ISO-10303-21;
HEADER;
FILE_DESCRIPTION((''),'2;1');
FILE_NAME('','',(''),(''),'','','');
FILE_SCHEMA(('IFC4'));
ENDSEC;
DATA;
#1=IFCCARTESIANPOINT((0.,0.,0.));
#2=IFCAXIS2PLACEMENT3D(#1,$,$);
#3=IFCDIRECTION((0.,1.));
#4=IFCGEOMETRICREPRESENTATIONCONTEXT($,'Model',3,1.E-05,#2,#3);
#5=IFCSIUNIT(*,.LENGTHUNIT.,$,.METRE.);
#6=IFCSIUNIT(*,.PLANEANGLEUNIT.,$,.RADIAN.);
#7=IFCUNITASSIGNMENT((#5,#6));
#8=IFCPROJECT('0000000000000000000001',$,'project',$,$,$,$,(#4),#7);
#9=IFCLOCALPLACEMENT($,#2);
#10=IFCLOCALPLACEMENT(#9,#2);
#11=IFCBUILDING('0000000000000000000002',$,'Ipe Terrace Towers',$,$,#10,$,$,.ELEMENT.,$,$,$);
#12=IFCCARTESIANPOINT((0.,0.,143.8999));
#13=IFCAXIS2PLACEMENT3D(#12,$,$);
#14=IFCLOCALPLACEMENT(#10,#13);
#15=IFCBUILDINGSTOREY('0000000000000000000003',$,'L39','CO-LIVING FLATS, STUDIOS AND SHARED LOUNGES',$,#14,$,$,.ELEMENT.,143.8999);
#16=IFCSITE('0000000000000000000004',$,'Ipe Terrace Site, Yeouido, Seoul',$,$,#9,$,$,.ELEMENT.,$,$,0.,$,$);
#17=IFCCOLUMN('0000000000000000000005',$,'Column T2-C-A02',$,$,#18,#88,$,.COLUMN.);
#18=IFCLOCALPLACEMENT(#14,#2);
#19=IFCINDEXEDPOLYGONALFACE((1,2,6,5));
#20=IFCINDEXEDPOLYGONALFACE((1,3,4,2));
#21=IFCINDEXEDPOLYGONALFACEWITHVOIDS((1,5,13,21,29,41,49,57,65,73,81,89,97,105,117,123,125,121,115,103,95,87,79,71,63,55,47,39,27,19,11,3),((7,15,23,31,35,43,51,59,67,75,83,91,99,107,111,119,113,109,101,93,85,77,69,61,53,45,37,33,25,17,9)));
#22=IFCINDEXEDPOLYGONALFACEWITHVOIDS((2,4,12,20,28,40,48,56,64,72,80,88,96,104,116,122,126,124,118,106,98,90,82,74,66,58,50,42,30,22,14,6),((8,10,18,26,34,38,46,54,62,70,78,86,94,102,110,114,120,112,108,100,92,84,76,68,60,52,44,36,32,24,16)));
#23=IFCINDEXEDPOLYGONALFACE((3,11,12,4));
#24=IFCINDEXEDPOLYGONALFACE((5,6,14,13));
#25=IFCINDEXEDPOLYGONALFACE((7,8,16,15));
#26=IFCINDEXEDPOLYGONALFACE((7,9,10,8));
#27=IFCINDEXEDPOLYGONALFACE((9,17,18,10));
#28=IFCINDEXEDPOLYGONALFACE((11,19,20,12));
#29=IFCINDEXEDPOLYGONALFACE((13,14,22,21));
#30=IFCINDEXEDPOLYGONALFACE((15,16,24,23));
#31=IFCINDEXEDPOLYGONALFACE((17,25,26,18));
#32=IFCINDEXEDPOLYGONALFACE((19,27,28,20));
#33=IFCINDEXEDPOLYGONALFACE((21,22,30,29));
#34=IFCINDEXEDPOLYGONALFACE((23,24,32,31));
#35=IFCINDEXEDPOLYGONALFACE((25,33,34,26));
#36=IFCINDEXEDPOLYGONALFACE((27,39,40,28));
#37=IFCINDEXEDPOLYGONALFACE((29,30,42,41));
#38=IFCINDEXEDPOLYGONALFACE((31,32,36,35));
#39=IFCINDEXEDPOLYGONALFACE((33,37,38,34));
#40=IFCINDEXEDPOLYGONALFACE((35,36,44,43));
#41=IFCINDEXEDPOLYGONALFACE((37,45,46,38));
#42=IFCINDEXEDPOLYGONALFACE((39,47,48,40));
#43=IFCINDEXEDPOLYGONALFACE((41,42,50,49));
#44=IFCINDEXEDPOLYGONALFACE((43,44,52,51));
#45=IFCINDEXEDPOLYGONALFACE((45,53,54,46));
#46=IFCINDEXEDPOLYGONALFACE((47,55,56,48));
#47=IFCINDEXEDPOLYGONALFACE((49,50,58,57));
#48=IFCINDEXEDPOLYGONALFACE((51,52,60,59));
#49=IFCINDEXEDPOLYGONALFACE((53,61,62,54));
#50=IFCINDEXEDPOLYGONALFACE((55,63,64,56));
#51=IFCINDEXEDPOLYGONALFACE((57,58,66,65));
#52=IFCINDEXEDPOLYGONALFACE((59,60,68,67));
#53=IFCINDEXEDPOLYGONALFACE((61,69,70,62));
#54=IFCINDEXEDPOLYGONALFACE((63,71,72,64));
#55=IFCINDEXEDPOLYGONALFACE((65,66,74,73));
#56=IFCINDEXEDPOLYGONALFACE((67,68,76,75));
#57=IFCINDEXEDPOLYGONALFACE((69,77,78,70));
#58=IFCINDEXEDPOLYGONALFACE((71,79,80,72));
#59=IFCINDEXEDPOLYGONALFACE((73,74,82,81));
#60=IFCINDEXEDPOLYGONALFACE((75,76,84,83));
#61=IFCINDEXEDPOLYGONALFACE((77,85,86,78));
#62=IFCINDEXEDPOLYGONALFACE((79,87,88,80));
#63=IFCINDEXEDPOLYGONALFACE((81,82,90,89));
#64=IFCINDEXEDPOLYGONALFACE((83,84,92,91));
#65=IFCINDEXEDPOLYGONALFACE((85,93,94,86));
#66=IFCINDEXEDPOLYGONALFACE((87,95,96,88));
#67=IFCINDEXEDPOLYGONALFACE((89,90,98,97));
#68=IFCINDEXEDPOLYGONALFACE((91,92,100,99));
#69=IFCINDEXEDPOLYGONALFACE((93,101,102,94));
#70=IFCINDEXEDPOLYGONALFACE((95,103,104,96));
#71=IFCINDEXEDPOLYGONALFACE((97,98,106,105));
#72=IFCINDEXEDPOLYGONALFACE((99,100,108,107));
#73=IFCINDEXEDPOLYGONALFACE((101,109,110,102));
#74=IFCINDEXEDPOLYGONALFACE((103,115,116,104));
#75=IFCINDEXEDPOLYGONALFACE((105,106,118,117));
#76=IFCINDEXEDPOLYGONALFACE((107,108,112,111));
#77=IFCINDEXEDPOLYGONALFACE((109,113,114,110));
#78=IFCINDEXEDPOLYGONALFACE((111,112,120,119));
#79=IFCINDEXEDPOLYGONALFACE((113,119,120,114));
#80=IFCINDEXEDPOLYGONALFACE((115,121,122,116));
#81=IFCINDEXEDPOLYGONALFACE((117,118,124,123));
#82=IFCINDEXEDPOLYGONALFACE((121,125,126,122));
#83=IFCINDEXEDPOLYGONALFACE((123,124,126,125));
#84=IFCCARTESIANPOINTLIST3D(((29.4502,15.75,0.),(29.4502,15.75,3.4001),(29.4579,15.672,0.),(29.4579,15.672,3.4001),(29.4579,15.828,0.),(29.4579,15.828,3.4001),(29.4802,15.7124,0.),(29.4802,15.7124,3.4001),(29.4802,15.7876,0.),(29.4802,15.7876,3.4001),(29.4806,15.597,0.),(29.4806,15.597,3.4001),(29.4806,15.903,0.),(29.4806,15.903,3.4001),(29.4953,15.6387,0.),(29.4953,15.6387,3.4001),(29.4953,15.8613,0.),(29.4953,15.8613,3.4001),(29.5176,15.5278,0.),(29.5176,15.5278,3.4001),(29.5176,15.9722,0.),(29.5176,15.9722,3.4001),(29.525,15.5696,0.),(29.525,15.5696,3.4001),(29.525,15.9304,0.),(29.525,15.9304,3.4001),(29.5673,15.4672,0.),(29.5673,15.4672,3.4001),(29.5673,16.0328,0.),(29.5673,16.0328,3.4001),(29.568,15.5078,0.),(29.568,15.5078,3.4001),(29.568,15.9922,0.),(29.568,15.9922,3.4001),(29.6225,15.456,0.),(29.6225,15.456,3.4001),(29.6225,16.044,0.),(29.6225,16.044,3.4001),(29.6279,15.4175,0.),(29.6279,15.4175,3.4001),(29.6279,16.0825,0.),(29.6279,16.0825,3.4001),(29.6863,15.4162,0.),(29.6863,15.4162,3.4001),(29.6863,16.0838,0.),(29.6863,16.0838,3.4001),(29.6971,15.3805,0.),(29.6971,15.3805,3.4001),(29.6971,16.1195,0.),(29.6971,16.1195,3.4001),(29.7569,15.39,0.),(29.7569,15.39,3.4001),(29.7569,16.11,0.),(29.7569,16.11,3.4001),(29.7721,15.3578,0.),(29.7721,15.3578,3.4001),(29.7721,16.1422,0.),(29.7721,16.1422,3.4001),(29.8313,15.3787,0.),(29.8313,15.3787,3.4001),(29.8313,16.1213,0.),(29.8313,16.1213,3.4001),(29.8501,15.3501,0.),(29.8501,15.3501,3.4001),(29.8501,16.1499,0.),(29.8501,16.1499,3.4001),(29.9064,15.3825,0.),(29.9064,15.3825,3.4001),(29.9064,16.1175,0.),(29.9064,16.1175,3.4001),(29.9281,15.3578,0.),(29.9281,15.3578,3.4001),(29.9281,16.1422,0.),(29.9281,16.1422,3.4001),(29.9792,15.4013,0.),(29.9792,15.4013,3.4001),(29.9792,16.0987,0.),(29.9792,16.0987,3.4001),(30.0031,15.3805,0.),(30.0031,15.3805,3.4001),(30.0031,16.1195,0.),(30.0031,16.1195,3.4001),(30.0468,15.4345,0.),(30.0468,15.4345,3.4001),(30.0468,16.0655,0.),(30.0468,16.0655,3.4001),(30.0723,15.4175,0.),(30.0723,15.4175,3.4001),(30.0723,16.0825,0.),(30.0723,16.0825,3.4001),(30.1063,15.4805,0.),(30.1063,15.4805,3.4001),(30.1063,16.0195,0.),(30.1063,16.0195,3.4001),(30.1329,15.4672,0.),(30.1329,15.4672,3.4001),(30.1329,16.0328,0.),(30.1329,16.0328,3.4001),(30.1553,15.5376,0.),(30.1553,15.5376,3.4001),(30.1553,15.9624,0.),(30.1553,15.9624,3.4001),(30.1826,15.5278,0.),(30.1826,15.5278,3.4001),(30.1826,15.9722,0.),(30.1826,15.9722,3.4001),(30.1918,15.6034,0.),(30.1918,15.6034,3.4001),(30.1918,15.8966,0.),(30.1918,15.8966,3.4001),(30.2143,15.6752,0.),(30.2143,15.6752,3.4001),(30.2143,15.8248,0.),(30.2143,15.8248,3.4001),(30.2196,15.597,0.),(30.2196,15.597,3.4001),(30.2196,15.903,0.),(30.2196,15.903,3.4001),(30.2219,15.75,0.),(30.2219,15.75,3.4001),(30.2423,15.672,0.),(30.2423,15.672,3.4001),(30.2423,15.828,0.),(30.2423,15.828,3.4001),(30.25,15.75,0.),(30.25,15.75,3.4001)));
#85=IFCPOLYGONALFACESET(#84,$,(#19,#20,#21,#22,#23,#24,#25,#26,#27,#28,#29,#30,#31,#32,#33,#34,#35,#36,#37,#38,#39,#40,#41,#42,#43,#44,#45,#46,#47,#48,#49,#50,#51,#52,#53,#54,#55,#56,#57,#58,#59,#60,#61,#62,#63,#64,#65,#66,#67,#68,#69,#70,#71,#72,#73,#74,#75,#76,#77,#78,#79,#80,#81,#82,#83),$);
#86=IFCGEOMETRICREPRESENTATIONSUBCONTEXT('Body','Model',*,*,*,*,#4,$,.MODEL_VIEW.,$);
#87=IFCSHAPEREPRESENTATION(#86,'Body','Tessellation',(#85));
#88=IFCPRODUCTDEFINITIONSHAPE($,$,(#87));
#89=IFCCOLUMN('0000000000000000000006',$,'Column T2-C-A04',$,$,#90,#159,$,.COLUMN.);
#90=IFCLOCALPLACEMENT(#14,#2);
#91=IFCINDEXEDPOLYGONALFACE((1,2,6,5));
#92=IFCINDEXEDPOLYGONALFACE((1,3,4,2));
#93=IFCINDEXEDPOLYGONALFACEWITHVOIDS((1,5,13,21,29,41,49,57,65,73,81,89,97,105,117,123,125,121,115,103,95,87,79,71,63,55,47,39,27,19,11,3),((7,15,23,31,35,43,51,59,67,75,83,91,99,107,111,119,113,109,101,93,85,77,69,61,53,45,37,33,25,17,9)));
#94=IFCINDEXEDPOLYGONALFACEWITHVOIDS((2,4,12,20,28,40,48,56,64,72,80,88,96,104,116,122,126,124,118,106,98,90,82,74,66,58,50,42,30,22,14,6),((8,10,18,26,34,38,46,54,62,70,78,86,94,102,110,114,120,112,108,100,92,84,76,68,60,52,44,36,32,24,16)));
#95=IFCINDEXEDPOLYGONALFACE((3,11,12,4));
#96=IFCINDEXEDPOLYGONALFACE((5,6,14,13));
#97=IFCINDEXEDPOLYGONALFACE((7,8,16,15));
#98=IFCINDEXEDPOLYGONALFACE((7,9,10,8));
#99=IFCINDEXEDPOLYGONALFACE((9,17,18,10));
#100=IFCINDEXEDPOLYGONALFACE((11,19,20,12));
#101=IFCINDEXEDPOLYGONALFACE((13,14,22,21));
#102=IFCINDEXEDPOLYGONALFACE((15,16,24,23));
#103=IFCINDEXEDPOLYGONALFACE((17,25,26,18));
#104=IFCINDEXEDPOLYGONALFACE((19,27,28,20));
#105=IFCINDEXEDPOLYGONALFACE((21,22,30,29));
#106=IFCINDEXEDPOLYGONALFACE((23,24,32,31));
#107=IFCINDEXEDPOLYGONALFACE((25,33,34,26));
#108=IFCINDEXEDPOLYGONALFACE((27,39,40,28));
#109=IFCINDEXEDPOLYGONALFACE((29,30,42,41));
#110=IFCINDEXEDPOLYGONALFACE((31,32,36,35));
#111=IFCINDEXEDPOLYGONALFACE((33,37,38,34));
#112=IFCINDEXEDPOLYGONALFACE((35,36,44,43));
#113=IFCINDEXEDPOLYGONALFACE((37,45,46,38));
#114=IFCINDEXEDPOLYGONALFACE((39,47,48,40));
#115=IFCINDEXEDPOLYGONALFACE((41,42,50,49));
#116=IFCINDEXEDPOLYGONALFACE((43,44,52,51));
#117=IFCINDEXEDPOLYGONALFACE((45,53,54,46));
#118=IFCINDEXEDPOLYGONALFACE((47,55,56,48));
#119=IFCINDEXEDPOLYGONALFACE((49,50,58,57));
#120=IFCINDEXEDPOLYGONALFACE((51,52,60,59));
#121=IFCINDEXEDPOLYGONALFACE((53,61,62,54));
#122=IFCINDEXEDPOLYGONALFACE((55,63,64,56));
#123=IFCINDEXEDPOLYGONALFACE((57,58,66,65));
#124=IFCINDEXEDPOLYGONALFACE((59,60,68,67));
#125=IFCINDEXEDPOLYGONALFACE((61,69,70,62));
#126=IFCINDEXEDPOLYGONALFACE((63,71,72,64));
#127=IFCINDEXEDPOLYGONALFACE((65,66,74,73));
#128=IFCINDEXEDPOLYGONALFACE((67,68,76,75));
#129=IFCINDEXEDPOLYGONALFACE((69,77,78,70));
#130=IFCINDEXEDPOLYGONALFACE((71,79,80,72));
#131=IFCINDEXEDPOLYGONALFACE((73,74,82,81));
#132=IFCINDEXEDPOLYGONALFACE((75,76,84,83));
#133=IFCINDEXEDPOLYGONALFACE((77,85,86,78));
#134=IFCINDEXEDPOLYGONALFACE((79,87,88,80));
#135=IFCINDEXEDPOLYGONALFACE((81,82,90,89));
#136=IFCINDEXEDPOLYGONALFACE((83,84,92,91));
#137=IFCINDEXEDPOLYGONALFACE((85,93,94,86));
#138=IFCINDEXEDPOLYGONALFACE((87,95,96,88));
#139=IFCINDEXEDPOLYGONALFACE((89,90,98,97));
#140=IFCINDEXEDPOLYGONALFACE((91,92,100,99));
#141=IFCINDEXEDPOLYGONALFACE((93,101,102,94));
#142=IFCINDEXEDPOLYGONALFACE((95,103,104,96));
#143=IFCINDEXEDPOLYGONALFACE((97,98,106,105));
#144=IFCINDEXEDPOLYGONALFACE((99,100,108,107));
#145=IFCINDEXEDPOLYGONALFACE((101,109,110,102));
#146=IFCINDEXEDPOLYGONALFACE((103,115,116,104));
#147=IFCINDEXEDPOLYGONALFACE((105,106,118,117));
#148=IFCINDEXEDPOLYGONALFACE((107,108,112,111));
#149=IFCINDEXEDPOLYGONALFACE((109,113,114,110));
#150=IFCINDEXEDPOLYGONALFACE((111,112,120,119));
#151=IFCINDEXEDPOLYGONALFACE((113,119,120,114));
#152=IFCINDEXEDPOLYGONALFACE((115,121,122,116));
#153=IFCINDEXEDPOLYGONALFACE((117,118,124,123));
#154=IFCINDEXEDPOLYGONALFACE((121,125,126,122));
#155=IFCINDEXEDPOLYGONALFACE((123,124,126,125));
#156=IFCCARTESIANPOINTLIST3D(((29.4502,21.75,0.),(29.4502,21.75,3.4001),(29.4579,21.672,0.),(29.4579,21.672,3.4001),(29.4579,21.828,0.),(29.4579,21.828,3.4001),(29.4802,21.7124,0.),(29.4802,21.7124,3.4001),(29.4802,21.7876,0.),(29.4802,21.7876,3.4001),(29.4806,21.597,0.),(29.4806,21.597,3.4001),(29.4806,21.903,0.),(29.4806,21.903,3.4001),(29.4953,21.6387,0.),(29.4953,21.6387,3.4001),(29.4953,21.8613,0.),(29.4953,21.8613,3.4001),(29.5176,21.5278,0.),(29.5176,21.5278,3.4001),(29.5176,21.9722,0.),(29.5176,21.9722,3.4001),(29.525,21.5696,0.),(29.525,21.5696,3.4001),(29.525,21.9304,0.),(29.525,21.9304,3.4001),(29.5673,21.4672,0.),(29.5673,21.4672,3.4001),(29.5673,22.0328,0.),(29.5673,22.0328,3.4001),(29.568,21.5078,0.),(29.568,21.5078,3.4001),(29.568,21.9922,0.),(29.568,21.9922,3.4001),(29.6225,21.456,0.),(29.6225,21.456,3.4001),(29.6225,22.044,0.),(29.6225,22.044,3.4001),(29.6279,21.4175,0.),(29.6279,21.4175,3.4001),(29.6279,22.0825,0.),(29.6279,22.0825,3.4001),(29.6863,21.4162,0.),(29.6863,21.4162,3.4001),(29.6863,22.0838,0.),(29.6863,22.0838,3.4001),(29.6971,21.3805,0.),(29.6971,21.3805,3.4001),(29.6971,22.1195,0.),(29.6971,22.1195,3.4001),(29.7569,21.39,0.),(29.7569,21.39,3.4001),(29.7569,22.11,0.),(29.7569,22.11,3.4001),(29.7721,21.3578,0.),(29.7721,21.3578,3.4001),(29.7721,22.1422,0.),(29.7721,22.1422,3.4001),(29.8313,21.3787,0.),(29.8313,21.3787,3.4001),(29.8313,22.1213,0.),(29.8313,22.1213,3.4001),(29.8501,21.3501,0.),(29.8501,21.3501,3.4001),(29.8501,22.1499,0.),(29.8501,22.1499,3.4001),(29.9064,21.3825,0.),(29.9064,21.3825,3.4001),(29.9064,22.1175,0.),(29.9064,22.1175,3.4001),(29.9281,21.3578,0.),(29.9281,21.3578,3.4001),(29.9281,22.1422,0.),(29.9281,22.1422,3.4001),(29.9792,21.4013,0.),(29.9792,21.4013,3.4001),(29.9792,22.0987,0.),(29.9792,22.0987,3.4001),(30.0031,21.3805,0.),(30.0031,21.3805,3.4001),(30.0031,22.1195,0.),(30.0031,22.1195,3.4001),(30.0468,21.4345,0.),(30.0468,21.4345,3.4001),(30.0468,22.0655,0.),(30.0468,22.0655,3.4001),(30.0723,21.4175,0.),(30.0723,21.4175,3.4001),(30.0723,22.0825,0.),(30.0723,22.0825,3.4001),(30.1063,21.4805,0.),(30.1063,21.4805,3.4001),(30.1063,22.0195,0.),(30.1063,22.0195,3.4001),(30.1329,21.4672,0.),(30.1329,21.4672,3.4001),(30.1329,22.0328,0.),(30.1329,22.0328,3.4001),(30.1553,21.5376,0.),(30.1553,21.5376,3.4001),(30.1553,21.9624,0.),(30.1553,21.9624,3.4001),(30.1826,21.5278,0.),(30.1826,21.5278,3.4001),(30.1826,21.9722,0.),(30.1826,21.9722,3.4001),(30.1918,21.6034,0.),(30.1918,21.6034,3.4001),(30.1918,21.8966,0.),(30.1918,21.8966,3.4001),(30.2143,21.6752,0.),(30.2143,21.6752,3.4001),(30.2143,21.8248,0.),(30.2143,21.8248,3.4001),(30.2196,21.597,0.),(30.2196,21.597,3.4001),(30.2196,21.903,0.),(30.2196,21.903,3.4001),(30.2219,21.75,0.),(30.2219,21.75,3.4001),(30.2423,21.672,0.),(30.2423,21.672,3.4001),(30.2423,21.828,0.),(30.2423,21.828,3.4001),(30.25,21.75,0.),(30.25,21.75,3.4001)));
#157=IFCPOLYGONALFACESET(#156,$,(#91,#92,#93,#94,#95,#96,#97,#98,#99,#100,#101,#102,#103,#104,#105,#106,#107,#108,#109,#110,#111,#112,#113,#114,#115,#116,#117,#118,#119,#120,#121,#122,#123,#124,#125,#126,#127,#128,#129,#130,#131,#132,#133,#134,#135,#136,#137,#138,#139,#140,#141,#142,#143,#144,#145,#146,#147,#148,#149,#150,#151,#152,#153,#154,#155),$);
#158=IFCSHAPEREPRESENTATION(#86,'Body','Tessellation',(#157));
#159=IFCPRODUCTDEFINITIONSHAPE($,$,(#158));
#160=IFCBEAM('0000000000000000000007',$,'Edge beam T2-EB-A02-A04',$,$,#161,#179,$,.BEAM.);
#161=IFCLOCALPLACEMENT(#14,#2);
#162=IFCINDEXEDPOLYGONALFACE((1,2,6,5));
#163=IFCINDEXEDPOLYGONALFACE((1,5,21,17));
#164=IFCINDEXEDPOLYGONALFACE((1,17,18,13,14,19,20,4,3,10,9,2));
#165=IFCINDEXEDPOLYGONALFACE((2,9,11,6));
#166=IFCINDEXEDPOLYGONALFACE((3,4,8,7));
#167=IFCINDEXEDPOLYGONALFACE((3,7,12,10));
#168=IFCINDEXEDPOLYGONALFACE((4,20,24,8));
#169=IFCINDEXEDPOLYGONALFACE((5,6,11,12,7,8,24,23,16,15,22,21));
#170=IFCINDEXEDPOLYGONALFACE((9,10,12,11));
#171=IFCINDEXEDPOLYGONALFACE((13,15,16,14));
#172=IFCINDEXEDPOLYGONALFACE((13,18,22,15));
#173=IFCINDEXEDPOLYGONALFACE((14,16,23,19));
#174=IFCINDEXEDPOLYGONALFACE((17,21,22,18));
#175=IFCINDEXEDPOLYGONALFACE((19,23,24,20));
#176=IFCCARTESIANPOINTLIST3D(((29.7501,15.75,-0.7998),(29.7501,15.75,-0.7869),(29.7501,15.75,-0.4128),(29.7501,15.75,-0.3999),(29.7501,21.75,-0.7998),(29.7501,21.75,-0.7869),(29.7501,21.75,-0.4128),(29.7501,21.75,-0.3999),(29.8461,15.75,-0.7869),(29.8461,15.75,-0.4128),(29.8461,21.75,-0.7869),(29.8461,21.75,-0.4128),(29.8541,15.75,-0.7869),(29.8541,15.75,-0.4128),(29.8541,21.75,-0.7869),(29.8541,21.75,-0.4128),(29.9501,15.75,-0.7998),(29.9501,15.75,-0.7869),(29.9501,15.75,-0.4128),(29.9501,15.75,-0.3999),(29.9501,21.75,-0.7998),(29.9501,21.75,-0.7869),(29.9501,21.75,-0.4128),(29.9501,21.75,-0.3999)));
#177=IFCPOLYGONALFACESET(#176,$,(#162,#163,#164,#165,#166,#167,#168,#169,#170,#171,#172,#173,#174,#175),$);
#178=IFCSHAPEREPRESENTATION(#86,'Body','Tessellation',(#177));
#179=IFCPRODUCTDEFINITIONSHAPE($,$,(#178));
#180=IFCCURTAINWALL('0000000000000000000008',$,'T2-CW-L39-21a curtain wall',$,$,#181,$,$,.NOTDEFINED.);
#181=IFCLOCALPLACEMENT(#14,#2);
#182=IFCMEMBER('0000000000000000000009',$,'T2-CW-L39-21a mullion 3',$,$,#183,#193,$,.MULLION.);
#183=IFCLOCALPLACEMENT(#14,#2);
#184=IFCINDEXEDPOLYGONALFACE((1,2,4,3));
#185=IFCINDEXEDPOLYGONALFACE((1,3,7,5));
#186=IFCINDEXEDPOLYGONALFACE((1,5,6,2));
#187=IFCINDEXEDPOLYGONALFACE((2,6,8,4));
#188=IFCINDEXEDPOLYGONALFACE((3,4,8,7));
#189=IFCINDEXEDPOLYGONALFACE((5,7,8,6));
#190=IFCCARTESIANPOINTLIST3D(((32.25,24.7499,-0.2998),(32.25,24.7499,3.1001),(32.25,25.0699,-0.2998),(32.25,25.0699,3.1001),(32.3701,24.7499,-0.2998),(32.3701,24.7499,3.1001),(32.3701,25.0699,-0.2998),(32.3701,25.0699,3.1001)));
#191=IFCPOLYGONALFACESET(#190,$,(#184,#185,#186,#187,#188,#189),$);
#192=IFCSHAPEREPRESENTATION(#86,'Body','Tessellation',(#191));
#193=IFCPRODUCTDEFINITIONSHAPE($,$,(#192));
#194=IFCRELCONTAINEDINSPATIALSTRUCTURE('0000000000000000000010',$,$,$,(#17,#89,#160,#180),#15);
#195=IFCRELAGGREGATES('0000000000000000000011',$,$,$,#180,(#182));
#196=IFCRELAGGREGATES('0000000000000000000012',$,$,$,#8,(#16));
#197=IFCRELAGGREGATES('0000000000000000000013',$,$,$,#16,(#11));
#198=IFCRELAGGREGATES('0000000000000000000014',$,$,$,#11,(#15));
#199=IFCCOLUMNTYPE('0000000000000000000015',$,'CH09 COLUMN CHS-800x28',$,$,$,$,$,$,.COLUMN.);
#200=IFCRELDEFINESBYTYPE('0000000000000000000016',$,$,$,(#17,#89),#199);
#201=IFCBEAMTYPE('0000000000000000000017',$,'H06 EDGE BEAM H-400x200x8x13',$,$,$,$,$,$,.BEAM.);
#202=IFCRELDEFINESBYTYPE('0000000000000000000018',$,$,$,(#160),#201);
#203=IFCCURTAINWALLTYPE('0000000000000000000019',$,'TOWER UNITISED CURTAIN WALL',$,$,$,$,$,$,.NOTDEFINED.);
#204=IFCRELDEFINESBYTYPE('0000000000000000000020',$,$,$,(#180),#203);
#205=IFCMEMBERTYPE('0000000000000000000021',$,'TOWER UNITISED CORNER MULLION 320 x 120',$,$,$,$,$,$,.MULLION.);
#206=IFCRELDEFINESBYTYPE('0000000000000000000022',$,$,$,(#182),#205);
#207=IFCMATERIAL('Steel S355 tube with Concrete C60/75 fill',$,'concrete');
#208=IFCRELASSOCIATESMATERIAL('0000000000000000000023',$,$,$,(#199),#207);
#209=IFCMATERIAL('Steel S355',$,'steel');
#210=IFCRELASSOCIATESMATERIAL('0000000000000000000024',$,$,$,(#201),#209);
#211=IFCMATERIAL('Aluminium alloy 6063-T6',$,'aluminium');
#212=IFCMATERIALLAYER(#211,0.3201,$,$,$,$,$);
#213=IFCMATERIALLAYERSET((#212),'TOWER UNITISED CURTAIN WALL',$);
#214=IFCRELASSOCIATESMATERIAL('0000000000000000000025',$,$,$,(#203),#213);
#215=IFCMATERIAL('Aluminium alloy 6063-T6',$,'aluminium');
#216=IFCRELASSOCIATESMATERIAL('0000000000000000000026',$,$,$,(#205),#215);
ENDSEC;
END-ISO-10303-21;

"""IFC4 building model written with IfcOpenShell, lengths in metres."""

from ifc_helpers import new_model, si_unit, direction, frame, origin, origin_2d, place, context, subcontext, project, spatial, rectangle, hollow_circle, i_section, extrude, material, layer, layer_set, material_profile, profile_set, type_object, element, aggregate, save


model = new_model("IFC4")

# Units and contexts
model_context = context("Model", 3, precision=1e-05, world=origin(), true_north=direction((0.0, 1.0)))
body_context = subcontext(model_context, "Body", "Model", "MODEL_VIEW")
ifc_project = project(units=[si_unit("LENGTHUNIT", "METRE"), si_unit("PLANEANGLEUNIT", "RADIAN")], contexts=[model_context])

# Site, building, storey
site_placement = place(None, origin())
site = spatial("IfcSite", under=ifc_project, at=site_placement, Name="Ipe Terrace Site, Yeouido, Seoul", CompositionType="ELEMENT", RefElevation=0.0)
building_placement = place(site_placement, origin())
building = spatial("IfcBuilding", under=site, at=building_placement, Name="Ipe Terrace Towers", CompositionType="ELEMENT")
storey_placement = place(building_placement, frame((0.0, 0.0, 143.8999)))
storey = spatial("IfcBuildingStorey", under=building, at=storey_placement, Name="L39", Description="CO-LIVING FLATS, STUDIOS AND SHARED LOUNGES", CompositionType="ELEMENT", Elevation=143.8999)

# Columns
ifc_material_1 = material(Name="Steel S355 tube with Concrete C60/75 fill", Category="concrete")
ifc_material_profile_1 = material_profile(ifc_material_1, hollow_circle(Radius=0.3999, WallThickness=0.0281, at=origin_2d()), Name="CHS-800x28")
ifc_profile_set_1 = profile_set([ifc_material_profile_1], Name="Steel S355 tube with Concrete C60/75 fill")
column_type = type_object("IfcColumnType", Name="CH09 COLUMN CHS-800x28", PredefinedType="COLUMN", material=ifc_profile_set_1)
for number, where, z_axis, x_axis, name in (
    (1, (29.8501, 15.75, 0.0), (0.0, 0.0, 1.0), (1.0, 0.0, 0.0), "Column T2-C-A02"),
    (2, (29.8501, 21.75, 0.0), (0.0, 0.0, 1.0), (1.0, 0.0, 0.0), "Column T2-C-A04"),
):
    element("IfcColumn", number, at=place(storey_placement, frame(where, z_axis=z_axis, x_axis=x_axis)), inside=storey, type_object=column_type, Name=name, PredefinedType="COLUMN", context=body_context, shape_type="SweptSolid", body=[
        extrude(hollow_circle(Radius=0.3999, WallThickness=0.0281, at=origin_2d()), origin(), (0.0, 0.0, 1.0), 3.4001),
    ])

# Beam
ifc_material_2 = material(Name="Steel S355", Category="steel")
ifc_material_profile_2 = material_profile(ifc_material_2, i_section(OverallWidth=0.2, OverallDepth=0.3999, WebThickness=0.0081, FlangeThickness=0.0129, at=origin_2d()), Name="H-400x200x8x13")
ifc_profile_set_2 = profile_set([ifc_material_profile_2], Name="Steel S355")
beam_type = type_object("IfcBeamType", Name="H06 EDGE BEAM H-400x200x8x13", PredefinedType="BEAM", material=ifc_profile_set_2)
beam_placement = place(storey_placement, frame((29.8501, 15.75, -0.5999), z_axis=(0.0, 1.0, 0.0), x_axis=(-1.0, 0.0, 0.0)))
element("IfcBeam", 3, at=beam_placement, inside=storey, type_object=beam_type, Name="Edge beam T2-EB-A02-A04", PredefinedType="BEAM", context=body_context, shape_type="SweptSolid", body=[
    extrude(i_section(OverallWidth=0.2, OverallDepth=0.3999, WebThickness=0.0081, FlangeThickness=0.0129, at=origin_2d()), origin(), (0.0, 0.0, 1.0), 6.0),
])

# Curtain wall, member
ifc_material_3 = material(Name="Aluminium alloy 6063-T6", Category="aluminium")
ifc_layer_1 = layer(ifc_material_3, 0.3201)
ifc_layer_set_1 = layer_set([ifc_layer_1], Name="TOWER UNITISED CURTAIN WALL")
curtain_wall_type = type_object("IfcCurtainWallType", Name="TOWER UNITISED CURTAIN WALL", PredefinedType="NOTDEFINED", material=ifc_layer_set_1)
curtain_wall_1_placement = place(storey_placement, origin())
curtain_wall_1 = element("IfcCurtainWall", 4, at=curtain_wall_1_placement, inside=storey, type_object=curtain_wall_type, Name="T2-CW-L39-21a curtain wall", PredefinedType="NOTDEFINED")
ifc_material_4 = material(Name="Aluminium alloy 6063-T6", Category="aluminium")
ifc_material_profile_3 = material_profile(ifc_material_4, rectangle(XDim=0.3201, YDim=0.1201, at=origin_2d()), Name="TOWER UNITISED CORNER MULLION 320 x 120")
ifc_profile_set_3 = profile_set([ifc_material_profile_3], Name="Aluminium alloy 6063-T6")
member_type = type_object("IfcMemberType", Name="TOWER UNITISED CORNER MULLION 320 x 120", PredefinedType="MULLION", material=ifc_profile_set_3)
member_1_placement = place(storey_placement, frame((32.3101, 24.9099, -0.2998), z_axis=(0.0, 0.0, 1.0), x_axis=(0.0, 1.0, 0.0)))
member_1 = element("IfcMember", 5, at=member_1_placement, type_object=member_type, Name="T2-CW-L39-21a mullion 3", PredefinedType="MULLION", context=body_context, shape_type="SweptSolid", body=[
    extrude(rectangle(XDim=0.3201, YDim=0.1201, at=origin_2d()), origin(), (0.0, 0.0, 1.0), 3.3999),
])
aggregate(curtain_wall_1, [member_1])

save(model, "model.ifc")
